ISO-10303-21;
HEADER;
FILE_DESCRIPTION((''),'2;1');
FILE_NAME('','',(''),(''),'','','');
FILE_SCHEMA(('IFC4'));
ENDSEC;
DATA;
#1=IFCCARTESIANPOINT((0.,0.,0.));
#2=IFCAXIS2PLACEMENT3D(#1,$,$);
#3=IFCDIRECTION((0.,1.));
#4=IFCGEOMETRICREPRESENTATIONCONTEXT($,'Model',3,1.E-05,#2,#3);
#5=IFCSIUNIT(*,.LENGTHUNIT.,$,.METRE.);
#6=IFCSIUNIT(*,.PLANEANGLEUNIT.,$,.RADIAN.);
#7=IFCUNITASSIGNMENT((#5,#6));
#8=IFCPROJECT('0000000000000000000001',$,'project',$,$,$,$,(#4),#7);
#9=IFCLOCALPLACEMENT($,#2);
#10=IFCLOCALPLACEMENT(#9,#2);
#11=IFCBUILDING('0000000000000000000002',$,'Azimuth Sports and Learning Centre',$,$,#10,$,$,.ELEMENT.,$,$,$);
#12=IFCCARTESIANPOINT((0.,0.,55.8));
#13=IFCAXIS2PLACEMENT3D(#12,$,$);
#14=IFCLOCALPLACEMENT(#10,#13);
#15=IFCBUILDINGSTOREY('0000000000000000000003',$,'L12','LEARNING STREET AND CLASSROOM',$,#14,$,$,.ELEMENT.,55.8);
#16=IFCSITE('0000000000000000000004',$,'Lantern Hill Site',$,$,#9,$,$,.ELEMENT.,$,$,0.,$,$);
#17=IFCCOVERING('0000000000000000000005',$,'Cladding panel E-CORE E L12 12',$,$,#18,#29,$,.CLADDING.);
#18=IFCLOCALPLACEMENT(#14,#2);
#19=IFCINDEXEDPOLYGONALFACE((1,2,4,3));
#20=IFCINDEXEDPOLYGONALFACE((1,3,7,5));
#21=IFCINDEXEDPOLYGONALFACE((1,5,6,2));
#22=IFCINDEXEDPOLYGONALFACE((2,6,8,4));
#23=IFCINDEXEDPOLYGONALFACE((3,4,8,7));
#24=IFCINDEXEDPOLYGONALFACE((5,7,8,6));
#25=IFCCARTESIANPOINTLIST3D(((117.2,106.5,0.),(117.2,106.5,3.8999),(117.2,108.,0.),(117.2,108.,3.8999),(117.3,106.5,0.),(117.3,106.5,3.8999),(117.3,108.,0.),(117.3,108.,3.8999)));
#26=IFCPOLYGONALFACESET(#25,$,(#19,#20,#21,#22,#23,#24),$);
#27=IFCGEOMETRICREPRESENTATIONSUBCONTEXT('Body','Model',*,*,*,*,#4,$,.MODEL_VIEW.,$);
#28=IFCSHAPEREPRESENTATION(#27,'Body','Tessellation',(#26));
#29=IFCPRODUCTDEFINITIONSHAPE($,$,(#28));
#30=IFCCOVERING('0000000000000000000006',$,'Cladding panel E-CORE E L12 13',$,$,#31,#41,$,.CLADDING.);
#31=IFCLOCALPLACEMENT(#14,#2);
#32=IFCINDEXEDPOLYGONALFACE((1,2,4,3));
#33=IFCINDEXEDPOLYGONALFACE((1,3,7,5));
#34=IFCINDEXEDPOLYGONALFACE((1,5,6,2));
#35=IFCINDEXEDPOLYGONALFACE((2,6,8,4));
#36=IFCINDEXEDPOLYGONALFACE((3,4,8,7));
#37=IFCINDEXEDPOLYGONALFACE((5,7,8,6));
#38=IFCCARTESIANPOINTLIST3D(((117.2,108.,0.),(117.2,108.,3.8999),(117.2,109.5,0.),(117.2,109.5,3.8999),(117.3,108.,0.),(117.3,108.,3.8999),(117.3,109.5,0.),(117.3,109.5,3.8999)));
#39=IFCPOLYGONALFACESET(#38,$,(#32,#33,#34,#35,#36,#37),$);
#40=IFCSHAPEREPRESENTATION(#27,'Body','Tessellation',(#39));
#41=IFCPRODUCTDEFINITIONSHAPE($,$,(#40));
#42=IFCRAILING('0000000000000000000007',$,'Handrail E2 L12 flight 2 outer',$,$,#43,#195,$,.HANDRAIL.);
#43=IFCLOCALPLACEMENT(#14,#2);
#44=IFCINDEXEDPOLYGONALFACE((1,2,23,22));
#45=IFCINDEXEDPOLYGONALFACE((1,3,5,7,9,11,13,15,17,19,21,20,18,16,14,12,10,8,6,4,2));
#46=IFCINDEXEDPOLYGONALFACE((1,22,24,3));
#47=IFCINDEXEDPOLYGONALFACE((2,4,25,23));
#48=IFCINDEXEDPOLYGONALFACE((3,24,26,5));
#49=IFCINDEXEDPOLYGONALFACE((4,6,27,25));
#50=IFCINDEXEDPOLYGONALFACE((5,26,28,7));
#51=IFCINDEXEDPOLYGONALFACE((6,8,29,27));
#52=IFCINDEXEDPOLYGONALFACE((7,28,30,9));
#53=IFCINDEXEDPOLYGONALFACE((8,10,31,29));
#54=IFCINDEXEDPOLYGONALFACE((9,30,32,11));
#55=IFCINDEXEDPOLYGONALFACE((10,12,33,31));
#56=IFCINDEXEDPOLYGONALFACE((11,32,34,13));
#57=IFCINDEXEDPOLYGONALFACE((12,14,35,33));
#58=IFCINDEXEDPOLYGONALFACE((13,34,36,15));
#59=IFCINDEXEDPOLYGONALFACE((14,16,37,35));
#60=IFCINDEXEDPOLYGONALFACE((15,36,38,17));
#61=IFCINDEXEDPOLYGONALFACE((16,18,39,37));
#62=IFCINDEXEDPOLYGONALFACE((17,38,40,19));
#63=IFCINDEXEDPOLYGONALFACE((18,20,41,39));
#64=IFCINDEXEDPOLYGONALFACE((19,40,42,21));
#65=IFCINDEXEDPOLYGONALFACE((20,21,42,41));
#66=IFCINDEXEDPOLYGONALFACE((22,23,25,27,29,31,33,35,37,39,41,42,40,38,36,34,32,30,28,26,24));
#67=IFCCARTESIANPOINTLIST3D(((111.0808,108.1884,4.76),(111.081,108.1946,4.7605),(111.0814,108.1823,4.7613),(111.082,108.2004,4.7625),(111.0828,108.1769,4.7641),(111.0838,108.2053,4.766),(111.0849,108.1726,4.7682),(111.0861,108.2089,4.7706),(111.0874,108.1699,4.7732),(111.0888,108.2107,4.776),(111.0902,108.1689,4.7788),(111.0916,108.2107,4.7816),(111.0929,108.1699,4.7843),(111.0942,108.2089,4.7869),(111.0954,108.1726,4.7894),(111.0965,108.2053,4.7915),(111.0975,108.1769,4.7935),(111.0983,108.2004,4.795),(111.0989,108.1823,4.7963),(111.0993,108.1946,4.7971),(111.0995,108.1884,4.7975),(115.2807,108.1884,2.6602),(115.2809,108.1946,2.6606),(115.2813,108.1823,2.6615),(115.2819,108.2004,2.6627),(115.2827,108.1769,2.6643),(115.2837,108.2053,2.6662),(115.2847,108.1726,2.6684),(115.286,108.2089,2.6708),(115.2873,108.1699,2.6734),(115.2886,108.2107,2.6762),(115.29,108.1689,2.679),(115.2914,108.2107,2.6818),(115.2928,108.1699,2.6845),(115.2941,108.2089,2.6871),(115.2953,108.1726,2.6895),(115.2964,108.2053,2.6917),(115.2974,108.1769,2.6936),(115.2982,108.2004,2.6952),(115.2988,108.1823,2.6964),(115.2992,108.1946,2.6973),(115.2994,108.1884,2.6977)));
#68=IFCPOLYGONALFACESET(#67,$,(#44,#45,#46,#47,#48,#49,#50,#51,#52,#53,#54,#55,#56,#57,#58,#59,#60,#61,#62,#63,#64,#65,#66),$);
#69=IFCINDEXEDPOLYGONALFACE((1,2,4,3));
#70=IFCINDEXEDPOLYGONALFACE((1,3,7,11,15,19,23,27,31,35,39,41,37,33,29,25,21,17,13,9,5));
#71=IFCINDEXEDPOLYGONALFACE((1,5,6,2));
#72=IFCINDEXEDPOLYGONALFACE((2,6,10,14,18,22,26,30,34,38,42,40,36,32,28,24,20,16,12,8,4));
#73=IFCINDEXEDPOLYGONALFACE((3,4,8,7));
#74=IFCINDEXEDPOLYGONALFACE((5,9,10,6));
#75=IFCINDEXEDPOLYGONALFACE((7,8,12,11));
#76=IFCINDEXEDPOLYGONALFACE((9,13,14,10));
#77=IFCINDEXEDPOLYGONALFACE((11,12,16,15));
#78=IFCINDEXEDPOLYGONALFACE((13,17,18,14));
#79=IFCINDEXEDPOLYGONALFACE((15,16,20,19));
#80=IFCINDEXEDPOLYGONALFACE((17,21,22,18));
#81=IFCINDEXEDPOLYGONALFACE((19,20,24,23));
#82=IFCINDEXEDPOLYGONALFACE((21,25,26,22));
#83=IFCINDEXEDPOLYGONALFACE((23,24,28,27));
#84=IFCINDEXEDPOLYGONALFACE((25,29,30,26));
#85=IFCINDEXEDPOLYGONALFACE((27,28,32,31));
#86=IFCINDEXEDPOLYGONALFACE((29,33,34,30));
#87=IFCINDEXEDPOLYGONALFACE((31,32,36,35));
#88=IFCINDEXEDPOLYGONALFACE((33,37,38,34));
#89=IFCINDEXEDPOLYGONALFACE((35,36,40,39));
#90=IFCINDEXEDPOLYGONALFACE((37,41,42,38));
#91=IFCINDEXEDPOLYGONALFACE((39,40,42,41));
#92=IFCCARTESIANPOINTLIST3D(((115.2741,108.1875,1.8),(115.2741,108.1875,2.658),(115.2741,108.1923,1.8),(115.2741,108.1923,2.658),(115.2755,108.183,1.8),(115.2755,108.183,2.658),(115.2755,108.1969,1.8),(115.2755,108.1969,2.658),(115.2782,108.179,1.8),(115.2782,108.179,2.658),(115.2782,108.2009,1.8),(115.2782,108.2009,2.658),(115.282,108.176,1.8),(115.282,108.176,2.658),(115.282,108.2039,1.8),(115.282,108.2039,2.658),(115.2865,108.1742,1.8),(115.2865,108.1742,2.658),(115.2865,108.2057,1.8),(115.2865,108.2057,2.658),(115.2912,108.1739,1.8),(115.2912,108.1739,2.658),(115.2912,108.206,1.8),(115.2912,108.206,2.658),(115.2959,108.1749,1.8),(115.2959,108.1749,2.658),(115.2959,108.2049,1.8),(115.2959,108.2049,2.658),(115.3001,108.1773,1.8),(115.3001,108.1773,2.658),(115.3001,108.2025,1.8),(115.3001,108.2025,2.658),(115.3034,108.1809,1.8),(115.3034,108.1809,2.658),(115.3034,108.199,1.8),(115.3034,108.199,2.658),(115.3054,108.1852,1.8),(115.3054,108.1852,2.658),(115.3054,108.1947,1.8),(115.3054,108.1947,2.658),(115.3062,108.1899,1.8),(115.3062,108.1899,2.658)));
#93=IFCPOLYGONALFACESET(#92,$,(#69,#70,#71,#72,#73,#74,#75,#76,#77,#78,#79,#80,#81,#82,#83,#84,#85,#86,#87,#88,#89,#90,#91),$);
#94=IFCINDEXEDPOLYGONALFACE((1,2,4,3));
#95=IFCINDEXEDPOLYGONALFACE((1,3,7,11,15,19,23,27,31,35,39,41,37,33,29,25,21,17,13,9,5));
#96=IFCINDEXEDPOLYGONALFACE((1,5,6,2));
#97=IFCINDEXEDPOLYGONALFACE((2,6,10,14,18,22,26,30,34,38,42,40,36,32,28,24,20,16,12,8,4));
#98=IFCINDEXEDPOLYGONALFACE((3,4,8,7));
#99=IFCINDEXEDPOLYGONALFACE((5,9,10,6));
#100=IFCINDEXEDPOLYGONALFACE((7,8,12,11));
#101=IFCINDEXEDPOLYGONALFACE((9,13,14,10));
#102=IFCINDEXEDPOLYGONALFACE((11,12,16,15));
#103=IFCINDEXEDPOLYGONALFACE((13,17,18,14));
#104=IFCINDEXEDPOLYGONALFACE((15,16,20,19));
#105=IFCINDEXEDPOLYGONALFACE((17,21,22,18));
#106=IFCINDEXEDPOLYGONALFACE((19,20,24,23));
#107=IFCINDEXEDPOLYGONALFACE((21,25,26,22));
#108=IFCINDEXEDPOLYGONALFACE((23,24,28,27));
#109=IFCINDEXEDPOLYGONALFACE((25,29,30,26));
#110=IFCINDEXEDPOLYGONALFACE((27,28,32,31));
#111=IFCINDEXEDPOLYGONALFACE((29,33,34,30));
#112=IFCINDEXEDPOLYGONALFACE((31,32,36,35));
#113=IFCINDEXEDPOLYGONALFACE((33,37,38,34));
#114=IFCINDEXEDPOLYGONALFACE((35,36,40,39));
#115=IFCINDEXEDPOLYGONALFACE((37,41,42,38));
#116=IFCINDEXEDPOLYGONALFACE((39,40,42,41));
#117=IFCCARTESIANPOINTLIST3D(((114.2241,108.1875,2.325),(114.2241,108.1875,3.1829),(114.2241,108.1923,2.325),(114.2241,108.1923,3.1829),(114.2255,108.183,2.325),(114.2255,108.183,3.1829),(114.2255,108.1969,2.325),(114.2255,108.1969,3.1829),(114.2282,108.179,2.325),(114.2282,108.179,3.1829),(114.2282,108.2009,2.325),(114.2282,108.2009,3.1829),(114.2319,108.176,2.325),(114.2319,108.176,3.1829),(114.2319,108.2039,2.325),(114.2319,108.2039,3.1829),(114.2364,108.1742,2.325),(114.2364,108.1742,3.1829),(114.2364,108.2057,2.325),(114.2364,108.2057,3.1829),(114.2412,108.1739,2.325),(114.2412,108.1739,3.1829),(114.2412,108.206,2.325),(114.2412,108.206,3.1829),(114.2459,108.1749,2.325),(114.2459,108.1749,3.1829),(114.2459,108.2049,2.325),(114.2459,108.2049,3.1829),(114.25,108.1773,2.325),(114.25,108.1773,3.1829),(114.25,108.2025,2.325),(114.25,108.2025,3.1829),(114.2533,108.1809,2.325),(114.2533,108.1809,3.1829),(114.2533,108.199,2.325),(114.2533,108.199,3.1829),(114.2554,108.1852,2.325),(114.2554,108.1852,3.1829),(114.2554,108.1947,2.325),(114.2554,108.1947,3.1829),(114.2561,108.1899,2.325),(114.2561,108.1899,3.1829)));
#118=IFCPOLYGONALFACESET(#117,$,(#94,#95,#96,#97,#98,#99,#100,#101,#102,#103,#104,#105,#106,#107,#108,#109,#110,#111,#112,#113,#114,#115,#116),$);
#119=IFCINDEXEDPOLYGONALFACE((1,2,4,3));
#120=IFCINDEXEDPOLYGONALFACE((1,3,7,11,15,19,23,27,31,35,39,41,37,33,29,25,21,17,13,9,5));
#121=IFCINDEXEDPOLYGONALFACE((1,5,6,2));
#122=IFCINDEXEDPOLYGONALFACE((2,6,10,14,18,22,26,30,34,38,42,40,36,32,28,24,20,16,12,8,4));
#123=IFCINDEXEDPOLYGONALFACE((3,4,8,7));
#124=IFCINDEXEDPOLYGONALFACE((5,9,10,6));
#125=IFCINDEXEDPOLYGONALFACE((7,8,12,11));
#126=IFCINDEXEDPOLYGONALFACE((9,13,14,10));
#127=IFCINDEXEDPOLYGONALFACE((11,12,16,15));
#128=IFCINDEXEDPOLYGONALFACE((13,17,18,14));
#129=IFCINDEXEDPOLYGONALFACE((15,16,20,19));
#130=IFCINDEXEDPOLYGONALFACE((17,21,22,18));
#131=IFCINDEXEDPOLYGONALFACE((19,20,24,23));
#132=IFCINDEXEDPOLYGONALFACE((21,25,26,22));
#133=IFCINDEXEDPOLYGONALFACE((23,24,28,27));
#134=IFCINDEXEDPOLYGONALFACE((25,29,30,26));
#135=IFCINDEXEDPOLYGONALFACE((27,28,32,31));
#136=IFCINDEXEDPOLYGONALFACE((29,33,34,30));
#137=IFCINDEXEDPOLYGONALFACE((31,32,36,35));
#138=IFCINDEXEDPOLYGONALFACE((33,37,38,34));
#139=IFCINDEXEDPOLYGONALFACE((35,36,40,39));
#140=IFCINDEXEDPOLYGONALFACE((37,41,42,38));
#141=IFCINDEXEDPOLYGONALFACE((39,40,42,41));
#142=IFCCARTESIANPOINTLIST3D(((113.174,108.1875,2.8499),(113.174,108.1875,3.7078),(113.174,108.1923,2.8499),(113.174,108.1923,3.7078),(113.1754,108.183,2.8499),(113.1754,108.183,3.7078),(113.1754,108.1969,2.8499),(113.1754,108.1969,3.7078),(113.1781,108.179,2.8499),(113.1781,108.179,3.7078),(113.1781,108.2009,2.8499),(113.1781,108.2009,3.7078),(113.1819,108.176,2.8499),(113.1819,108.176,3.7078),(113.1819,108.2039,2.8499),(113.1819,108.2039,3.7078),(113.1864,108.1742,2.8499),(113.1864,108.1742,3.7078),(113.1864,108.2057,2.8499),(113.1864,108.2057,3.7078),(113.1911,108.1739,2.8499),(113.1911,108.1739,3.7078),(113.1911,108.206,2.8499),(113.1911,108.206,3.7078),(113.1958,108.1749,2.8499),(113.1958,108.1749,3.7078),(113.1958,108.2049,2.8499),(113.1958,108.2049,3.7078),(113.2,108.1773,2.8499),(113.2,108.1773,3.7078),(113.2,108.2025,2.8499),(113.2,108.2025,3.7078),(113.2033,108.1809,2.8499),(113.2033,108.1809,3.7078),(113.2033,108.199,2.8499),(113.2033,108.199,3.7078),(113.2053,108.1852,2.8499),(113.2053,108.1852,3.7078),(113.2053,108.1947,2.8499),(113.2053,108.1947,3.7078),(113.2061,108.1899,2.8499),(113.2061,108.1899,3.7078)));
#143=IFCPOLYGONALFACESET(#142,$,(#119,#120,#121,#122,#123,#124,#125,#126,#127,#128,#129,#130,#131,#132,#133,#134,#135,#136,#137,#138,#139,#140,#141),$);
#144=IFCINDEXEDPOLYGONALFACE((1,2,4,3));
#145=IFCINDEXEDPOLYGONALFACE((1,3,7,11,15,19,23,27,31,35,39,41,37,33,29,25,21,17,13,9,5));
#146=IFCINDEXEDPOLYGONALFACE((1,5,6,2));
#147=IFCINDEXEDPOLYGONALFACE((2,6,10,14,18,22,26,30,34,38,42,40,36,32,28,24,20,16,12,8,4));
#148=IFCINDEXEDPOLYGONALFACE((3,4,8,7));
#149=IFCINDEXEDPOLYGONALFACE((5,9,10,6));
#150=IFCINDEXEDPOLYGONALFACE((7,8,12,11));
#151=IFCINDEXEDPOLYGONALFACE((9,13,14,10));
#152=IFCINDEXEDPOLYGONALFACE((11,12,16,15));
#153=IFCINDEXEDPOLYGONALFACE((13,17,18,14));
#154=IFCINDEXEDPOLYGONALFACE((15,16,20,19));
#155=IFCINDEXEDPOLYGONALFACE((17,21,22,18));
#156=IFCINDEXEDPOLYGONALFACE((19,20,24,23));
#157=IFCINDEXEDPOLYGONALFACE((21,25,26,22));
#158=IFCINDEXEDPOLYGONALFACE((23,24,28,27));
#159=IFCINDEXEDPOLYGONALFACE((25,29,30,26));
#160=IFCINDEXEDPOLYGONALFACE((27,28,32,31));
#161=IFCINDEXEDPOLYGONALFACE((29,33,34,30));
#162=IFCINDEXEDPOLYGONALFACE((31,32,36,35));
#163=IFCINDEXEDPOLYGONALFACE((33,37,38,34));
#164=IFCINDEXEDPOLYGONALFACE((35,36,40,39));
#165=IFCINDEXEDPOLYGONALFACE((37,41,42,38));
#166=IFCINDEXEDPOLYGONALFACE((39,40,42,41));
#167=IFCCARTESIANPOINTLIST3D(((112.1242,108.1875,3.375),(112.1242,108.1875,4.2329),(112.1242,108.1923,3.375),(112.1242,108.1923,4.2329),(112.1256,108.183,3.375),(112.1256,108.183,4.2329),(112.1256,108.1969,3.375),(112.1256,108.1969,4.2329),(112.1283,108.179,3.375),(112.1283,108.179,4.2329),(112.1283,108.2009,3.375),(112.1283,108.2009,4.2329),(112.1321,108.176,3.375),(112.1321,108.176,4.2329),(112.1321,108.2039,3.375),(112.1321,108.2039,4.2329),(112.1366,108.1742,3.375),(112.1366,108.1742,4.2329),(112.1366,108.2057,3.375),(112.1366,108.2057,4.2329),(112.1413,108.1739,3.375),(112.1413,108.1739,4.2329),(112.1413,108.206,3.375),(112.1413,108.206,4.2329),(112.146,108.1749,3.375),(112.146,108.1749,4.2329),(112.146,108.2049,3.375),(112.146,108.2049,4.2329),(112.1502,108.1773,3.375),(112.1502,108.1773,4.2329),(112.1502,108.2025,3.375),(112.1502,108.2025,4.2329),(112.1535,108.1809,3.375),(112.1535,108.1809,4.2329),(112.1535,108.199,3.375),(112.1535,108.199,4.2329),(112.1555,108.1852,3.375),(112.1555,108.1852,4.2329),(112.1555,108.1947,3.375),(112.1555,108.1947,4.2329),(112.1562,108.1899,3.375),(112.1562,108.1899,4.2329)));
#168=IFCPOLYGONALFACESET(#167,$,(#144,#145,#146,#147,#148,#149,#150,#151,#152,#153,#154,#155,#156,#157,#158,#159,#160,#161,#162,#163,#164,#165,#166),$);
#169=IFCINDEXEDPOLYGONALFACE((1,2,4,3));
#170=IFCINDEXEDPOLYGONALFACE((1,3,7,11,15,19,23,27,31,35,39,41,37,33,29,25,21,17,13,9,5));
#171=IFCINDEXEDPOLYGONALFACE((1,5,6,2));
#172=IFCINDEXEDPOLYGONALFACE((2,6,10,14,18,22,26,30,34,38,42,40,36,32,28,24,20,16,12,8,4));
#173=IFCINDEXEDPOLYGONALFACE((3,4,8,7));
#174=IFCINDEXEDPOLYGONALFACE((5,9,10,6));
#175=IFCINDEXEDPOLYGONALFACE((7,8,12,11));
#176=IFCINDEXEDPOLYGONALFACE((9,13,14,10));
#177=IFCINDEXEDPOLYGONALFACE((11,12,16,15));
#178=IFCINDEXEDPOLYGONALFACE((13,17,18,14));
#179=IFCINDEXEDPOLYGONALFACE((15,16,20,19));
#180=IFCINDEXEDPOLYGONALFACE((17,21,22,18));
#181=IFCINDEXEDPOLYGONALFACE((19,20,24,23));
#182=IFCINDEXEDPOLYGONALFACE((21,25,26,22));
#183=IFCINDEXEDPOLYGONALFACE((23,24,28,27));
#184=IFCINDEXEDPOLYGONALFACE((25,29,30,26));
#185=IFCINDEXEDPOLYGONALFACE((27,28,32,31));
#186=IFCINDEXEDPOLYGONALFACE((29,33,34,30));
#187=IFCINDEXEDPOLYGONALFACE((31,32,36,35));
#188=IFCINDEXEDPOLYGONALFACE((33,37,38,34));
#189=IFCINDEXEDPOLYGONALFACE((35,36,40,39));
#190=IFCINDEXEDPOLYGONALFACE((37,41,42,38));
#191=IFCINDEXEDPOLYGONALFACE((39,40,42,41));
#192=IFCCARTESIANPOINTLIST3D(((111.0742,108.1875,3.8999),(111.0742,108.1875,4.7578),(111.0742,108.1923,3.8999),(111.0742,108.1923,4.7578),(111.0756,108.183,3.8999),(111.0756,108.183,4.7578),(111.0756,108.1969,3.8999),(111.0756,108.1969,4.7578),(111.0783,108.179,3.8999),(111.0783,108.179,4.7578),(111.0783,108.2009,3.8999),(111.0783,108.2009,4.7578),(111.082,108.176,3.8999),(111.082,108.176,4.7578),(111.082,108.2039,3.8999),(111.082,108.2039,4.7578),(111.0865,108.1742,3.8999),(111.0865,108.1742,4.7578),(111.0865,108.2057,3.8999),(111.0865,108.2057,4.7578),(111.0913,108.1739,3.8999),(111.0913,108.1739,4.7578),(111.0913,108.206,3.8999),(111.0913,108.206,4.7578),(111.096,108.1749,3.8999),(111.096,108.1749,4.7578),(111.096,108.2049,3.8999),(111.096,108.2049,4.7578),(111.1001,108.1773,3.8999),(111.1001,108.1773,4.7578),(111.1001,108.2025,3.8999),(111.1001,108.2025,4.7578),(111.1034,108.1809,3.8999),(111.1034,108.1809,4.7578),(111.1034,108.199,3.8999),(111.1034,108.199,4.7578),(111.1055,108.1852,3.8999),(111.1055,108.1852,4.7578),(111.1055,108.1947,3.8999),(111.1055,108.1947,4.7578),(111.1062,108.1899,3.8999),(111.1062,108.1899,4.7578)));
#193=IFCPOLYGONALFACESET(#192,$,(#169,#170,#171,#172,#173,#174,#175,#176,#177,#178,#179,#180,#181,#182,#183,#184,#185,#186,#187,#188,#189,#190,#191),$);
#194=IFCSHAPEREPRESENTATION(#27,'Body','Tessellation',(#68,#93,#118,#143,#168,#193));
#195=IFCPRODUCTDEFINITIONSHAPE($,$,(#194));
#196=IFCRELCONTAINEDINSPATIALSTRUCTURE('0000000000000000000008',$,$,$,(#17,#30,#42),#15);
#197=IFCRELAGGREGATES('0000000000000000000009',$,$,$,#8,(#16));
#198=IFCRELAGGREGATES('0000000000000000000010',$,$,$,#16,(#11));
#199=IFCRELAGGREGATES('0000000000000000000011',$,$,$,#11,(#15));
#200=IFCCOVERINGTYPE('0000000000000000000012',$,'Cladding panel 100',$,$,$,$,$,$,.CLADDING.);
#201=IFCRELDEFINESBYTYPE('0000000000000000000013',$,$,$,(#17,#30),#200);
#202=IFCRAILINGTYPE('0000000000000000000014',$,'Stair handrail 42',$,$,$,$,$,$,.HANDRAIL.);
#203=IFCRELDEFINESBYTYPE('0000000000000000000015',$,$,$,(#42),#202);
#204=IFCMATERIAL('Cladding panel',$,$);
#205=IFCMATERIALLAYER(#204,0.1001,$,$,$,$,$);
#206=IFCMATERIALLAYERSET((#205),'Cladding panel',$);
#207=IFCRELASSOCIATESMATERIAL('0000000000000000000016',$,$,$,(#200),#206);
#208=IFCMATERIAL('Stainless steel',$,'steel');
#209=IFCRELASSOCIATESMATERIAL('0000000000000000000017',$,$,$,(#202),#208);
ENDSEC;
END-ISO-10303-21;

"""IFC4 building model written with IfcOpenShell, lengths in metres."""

from ifc_helpers import new_model, si_unit, direction, frame, origin, origin_2d, place, context, subcontext, project, spatial, rectangle, circle, extrude, material, layer, layer_set, type_object, element, save


model = new_model("IFC4")

# Units and contexts
model_context = context("Model", 3, precision=1e-05, world=origin(), true_north=direction((0.0, 1.0)))
body_context = subcontext(model_context, "Body", "Model", "MODEL_VIEW")
ifc_project = project(units=[si_unit("LENGTHUNIT", "METRE"), si_unit("PLANEANGLEUNIT", "RADIAN")], contexts=[model_context])

# Site, building, storey
site_placement = place(None, origin())
site = spatial("IfcSite", under=ifc_project, at=site_placement, Name="Lantern Hill Site", CompositionType="ELEMENT", RefElevation=0.0)
building_placement = place(site_placement, origin())
building = spatial("IfcBuilding", under=site, at=building_placement, Name="Azimuth Sports and Learning Centre", CompositionType="ELEMENT")
storey_placement = place(building_placement, frame((0.0, 0.0, 55.8)))
storey = spatial("IfcBuildingStorey", under=building, at=storey_placement, Name="L12", Description="LEARNING STREET AND CLASSROOM", CompositionType="ELEMENT", Elevation=55.8)

# Coverings
ifc_material_1 = material(Name="Cladding panel")
ifc_layer_1 = layer(ifc_material_1, 0.1001)
ifc_layer_set_1 = layer_set([ifc_layer_1], Name="Cladding panel")
covering_type = type_object("IfcCoveringType", Name="Cladding panel 100", PredefinedType="CLADDING", material=ifc_layer_set_1)
for number, where, z_axis, x_axis, name in (
    (1, (117.25, 107.25, 0.0), (0.0, 0.0, 1.0), (0.0, 1.0, 0.0), "Cladding panel E-CORE E L12 12"),
    (2, (117.25, 108.75, 0.0), (0.0, 0.0, 1.0), (0.0, 1.0, 0.0), "Cladding panel E-CORE E L12 13"),
):
    element("IfcCovering", number, at=place(storey_placement, frame(where, z_axis=z_axis, x_axis=x_axis)), inside=storey, type_object=covering_type, Name=name, PredefinedType="CLADDING", context=body_context, shape_type="SweptSolid", body=[
        extrude(rectangle(XDim=1.5, YDim=0.1001, at=origin_2d()), origin(), (0.0, 0.0, 1.0), 3.8999),
    ])

# Railing
ifc_material_2 = material(Name="Stainless steel", Category="steel")
railing_type = type_object("IfcRailingType", Name="Stair handrail 42", PredefinedType="HANDRAIL", material=ifc_material_2)
railing_placement = place(storey_placement, frame((115.29, 108.1899, 1.8)))
element("IfcRailing", 3, at=railing_placement, inside=storey, type_object=railing_type, Name="Handrail E2 L12 flight 2 outer", PredefinedType="HANDRAIL", context=body_context, shape_type="SweptSolid", body=[
    extrude(circle(Radius=0.021, at=origin_2d()), frame((0.0, 0.0, 0.8789), z_axis=(-0.894438, 0.0, 0.447193), x_axis=(0.0, -1.0, 0.0)), (0.0, 0.0, 1.0), 4.6956),
    extrude(circle(Radius=0.0161, at=origin_2d()), origin(), (0.0, 0.0, 1.0), 0.8579),
    extrude(circle(Radius=0.0161, at=origin_2d()), frame((-1.05, 0.0, 0.5249)), (0.0, 0.0, 1.0), 0.8579),
    extrude(circle(Radius=0.0161, at=origin_2d()), frame((-2.1001, 0.0, 1.0498)), (0.0, 0.0, 1.0), 0.8579),
    extrude(circle(Radius=0.0161, at=origin_2d()), frame((-3.1499, 0.0, 1.575)), (0.0, 0.0, 1.0), 0.8579),
    extrude(circle(Radius=0.0161, at=origin_2d()), frame((-4.2, 0.0, 2.0999)), (0.0, 0.0, 1.0), 0.8579),
])

save(model, "model.ifc")
